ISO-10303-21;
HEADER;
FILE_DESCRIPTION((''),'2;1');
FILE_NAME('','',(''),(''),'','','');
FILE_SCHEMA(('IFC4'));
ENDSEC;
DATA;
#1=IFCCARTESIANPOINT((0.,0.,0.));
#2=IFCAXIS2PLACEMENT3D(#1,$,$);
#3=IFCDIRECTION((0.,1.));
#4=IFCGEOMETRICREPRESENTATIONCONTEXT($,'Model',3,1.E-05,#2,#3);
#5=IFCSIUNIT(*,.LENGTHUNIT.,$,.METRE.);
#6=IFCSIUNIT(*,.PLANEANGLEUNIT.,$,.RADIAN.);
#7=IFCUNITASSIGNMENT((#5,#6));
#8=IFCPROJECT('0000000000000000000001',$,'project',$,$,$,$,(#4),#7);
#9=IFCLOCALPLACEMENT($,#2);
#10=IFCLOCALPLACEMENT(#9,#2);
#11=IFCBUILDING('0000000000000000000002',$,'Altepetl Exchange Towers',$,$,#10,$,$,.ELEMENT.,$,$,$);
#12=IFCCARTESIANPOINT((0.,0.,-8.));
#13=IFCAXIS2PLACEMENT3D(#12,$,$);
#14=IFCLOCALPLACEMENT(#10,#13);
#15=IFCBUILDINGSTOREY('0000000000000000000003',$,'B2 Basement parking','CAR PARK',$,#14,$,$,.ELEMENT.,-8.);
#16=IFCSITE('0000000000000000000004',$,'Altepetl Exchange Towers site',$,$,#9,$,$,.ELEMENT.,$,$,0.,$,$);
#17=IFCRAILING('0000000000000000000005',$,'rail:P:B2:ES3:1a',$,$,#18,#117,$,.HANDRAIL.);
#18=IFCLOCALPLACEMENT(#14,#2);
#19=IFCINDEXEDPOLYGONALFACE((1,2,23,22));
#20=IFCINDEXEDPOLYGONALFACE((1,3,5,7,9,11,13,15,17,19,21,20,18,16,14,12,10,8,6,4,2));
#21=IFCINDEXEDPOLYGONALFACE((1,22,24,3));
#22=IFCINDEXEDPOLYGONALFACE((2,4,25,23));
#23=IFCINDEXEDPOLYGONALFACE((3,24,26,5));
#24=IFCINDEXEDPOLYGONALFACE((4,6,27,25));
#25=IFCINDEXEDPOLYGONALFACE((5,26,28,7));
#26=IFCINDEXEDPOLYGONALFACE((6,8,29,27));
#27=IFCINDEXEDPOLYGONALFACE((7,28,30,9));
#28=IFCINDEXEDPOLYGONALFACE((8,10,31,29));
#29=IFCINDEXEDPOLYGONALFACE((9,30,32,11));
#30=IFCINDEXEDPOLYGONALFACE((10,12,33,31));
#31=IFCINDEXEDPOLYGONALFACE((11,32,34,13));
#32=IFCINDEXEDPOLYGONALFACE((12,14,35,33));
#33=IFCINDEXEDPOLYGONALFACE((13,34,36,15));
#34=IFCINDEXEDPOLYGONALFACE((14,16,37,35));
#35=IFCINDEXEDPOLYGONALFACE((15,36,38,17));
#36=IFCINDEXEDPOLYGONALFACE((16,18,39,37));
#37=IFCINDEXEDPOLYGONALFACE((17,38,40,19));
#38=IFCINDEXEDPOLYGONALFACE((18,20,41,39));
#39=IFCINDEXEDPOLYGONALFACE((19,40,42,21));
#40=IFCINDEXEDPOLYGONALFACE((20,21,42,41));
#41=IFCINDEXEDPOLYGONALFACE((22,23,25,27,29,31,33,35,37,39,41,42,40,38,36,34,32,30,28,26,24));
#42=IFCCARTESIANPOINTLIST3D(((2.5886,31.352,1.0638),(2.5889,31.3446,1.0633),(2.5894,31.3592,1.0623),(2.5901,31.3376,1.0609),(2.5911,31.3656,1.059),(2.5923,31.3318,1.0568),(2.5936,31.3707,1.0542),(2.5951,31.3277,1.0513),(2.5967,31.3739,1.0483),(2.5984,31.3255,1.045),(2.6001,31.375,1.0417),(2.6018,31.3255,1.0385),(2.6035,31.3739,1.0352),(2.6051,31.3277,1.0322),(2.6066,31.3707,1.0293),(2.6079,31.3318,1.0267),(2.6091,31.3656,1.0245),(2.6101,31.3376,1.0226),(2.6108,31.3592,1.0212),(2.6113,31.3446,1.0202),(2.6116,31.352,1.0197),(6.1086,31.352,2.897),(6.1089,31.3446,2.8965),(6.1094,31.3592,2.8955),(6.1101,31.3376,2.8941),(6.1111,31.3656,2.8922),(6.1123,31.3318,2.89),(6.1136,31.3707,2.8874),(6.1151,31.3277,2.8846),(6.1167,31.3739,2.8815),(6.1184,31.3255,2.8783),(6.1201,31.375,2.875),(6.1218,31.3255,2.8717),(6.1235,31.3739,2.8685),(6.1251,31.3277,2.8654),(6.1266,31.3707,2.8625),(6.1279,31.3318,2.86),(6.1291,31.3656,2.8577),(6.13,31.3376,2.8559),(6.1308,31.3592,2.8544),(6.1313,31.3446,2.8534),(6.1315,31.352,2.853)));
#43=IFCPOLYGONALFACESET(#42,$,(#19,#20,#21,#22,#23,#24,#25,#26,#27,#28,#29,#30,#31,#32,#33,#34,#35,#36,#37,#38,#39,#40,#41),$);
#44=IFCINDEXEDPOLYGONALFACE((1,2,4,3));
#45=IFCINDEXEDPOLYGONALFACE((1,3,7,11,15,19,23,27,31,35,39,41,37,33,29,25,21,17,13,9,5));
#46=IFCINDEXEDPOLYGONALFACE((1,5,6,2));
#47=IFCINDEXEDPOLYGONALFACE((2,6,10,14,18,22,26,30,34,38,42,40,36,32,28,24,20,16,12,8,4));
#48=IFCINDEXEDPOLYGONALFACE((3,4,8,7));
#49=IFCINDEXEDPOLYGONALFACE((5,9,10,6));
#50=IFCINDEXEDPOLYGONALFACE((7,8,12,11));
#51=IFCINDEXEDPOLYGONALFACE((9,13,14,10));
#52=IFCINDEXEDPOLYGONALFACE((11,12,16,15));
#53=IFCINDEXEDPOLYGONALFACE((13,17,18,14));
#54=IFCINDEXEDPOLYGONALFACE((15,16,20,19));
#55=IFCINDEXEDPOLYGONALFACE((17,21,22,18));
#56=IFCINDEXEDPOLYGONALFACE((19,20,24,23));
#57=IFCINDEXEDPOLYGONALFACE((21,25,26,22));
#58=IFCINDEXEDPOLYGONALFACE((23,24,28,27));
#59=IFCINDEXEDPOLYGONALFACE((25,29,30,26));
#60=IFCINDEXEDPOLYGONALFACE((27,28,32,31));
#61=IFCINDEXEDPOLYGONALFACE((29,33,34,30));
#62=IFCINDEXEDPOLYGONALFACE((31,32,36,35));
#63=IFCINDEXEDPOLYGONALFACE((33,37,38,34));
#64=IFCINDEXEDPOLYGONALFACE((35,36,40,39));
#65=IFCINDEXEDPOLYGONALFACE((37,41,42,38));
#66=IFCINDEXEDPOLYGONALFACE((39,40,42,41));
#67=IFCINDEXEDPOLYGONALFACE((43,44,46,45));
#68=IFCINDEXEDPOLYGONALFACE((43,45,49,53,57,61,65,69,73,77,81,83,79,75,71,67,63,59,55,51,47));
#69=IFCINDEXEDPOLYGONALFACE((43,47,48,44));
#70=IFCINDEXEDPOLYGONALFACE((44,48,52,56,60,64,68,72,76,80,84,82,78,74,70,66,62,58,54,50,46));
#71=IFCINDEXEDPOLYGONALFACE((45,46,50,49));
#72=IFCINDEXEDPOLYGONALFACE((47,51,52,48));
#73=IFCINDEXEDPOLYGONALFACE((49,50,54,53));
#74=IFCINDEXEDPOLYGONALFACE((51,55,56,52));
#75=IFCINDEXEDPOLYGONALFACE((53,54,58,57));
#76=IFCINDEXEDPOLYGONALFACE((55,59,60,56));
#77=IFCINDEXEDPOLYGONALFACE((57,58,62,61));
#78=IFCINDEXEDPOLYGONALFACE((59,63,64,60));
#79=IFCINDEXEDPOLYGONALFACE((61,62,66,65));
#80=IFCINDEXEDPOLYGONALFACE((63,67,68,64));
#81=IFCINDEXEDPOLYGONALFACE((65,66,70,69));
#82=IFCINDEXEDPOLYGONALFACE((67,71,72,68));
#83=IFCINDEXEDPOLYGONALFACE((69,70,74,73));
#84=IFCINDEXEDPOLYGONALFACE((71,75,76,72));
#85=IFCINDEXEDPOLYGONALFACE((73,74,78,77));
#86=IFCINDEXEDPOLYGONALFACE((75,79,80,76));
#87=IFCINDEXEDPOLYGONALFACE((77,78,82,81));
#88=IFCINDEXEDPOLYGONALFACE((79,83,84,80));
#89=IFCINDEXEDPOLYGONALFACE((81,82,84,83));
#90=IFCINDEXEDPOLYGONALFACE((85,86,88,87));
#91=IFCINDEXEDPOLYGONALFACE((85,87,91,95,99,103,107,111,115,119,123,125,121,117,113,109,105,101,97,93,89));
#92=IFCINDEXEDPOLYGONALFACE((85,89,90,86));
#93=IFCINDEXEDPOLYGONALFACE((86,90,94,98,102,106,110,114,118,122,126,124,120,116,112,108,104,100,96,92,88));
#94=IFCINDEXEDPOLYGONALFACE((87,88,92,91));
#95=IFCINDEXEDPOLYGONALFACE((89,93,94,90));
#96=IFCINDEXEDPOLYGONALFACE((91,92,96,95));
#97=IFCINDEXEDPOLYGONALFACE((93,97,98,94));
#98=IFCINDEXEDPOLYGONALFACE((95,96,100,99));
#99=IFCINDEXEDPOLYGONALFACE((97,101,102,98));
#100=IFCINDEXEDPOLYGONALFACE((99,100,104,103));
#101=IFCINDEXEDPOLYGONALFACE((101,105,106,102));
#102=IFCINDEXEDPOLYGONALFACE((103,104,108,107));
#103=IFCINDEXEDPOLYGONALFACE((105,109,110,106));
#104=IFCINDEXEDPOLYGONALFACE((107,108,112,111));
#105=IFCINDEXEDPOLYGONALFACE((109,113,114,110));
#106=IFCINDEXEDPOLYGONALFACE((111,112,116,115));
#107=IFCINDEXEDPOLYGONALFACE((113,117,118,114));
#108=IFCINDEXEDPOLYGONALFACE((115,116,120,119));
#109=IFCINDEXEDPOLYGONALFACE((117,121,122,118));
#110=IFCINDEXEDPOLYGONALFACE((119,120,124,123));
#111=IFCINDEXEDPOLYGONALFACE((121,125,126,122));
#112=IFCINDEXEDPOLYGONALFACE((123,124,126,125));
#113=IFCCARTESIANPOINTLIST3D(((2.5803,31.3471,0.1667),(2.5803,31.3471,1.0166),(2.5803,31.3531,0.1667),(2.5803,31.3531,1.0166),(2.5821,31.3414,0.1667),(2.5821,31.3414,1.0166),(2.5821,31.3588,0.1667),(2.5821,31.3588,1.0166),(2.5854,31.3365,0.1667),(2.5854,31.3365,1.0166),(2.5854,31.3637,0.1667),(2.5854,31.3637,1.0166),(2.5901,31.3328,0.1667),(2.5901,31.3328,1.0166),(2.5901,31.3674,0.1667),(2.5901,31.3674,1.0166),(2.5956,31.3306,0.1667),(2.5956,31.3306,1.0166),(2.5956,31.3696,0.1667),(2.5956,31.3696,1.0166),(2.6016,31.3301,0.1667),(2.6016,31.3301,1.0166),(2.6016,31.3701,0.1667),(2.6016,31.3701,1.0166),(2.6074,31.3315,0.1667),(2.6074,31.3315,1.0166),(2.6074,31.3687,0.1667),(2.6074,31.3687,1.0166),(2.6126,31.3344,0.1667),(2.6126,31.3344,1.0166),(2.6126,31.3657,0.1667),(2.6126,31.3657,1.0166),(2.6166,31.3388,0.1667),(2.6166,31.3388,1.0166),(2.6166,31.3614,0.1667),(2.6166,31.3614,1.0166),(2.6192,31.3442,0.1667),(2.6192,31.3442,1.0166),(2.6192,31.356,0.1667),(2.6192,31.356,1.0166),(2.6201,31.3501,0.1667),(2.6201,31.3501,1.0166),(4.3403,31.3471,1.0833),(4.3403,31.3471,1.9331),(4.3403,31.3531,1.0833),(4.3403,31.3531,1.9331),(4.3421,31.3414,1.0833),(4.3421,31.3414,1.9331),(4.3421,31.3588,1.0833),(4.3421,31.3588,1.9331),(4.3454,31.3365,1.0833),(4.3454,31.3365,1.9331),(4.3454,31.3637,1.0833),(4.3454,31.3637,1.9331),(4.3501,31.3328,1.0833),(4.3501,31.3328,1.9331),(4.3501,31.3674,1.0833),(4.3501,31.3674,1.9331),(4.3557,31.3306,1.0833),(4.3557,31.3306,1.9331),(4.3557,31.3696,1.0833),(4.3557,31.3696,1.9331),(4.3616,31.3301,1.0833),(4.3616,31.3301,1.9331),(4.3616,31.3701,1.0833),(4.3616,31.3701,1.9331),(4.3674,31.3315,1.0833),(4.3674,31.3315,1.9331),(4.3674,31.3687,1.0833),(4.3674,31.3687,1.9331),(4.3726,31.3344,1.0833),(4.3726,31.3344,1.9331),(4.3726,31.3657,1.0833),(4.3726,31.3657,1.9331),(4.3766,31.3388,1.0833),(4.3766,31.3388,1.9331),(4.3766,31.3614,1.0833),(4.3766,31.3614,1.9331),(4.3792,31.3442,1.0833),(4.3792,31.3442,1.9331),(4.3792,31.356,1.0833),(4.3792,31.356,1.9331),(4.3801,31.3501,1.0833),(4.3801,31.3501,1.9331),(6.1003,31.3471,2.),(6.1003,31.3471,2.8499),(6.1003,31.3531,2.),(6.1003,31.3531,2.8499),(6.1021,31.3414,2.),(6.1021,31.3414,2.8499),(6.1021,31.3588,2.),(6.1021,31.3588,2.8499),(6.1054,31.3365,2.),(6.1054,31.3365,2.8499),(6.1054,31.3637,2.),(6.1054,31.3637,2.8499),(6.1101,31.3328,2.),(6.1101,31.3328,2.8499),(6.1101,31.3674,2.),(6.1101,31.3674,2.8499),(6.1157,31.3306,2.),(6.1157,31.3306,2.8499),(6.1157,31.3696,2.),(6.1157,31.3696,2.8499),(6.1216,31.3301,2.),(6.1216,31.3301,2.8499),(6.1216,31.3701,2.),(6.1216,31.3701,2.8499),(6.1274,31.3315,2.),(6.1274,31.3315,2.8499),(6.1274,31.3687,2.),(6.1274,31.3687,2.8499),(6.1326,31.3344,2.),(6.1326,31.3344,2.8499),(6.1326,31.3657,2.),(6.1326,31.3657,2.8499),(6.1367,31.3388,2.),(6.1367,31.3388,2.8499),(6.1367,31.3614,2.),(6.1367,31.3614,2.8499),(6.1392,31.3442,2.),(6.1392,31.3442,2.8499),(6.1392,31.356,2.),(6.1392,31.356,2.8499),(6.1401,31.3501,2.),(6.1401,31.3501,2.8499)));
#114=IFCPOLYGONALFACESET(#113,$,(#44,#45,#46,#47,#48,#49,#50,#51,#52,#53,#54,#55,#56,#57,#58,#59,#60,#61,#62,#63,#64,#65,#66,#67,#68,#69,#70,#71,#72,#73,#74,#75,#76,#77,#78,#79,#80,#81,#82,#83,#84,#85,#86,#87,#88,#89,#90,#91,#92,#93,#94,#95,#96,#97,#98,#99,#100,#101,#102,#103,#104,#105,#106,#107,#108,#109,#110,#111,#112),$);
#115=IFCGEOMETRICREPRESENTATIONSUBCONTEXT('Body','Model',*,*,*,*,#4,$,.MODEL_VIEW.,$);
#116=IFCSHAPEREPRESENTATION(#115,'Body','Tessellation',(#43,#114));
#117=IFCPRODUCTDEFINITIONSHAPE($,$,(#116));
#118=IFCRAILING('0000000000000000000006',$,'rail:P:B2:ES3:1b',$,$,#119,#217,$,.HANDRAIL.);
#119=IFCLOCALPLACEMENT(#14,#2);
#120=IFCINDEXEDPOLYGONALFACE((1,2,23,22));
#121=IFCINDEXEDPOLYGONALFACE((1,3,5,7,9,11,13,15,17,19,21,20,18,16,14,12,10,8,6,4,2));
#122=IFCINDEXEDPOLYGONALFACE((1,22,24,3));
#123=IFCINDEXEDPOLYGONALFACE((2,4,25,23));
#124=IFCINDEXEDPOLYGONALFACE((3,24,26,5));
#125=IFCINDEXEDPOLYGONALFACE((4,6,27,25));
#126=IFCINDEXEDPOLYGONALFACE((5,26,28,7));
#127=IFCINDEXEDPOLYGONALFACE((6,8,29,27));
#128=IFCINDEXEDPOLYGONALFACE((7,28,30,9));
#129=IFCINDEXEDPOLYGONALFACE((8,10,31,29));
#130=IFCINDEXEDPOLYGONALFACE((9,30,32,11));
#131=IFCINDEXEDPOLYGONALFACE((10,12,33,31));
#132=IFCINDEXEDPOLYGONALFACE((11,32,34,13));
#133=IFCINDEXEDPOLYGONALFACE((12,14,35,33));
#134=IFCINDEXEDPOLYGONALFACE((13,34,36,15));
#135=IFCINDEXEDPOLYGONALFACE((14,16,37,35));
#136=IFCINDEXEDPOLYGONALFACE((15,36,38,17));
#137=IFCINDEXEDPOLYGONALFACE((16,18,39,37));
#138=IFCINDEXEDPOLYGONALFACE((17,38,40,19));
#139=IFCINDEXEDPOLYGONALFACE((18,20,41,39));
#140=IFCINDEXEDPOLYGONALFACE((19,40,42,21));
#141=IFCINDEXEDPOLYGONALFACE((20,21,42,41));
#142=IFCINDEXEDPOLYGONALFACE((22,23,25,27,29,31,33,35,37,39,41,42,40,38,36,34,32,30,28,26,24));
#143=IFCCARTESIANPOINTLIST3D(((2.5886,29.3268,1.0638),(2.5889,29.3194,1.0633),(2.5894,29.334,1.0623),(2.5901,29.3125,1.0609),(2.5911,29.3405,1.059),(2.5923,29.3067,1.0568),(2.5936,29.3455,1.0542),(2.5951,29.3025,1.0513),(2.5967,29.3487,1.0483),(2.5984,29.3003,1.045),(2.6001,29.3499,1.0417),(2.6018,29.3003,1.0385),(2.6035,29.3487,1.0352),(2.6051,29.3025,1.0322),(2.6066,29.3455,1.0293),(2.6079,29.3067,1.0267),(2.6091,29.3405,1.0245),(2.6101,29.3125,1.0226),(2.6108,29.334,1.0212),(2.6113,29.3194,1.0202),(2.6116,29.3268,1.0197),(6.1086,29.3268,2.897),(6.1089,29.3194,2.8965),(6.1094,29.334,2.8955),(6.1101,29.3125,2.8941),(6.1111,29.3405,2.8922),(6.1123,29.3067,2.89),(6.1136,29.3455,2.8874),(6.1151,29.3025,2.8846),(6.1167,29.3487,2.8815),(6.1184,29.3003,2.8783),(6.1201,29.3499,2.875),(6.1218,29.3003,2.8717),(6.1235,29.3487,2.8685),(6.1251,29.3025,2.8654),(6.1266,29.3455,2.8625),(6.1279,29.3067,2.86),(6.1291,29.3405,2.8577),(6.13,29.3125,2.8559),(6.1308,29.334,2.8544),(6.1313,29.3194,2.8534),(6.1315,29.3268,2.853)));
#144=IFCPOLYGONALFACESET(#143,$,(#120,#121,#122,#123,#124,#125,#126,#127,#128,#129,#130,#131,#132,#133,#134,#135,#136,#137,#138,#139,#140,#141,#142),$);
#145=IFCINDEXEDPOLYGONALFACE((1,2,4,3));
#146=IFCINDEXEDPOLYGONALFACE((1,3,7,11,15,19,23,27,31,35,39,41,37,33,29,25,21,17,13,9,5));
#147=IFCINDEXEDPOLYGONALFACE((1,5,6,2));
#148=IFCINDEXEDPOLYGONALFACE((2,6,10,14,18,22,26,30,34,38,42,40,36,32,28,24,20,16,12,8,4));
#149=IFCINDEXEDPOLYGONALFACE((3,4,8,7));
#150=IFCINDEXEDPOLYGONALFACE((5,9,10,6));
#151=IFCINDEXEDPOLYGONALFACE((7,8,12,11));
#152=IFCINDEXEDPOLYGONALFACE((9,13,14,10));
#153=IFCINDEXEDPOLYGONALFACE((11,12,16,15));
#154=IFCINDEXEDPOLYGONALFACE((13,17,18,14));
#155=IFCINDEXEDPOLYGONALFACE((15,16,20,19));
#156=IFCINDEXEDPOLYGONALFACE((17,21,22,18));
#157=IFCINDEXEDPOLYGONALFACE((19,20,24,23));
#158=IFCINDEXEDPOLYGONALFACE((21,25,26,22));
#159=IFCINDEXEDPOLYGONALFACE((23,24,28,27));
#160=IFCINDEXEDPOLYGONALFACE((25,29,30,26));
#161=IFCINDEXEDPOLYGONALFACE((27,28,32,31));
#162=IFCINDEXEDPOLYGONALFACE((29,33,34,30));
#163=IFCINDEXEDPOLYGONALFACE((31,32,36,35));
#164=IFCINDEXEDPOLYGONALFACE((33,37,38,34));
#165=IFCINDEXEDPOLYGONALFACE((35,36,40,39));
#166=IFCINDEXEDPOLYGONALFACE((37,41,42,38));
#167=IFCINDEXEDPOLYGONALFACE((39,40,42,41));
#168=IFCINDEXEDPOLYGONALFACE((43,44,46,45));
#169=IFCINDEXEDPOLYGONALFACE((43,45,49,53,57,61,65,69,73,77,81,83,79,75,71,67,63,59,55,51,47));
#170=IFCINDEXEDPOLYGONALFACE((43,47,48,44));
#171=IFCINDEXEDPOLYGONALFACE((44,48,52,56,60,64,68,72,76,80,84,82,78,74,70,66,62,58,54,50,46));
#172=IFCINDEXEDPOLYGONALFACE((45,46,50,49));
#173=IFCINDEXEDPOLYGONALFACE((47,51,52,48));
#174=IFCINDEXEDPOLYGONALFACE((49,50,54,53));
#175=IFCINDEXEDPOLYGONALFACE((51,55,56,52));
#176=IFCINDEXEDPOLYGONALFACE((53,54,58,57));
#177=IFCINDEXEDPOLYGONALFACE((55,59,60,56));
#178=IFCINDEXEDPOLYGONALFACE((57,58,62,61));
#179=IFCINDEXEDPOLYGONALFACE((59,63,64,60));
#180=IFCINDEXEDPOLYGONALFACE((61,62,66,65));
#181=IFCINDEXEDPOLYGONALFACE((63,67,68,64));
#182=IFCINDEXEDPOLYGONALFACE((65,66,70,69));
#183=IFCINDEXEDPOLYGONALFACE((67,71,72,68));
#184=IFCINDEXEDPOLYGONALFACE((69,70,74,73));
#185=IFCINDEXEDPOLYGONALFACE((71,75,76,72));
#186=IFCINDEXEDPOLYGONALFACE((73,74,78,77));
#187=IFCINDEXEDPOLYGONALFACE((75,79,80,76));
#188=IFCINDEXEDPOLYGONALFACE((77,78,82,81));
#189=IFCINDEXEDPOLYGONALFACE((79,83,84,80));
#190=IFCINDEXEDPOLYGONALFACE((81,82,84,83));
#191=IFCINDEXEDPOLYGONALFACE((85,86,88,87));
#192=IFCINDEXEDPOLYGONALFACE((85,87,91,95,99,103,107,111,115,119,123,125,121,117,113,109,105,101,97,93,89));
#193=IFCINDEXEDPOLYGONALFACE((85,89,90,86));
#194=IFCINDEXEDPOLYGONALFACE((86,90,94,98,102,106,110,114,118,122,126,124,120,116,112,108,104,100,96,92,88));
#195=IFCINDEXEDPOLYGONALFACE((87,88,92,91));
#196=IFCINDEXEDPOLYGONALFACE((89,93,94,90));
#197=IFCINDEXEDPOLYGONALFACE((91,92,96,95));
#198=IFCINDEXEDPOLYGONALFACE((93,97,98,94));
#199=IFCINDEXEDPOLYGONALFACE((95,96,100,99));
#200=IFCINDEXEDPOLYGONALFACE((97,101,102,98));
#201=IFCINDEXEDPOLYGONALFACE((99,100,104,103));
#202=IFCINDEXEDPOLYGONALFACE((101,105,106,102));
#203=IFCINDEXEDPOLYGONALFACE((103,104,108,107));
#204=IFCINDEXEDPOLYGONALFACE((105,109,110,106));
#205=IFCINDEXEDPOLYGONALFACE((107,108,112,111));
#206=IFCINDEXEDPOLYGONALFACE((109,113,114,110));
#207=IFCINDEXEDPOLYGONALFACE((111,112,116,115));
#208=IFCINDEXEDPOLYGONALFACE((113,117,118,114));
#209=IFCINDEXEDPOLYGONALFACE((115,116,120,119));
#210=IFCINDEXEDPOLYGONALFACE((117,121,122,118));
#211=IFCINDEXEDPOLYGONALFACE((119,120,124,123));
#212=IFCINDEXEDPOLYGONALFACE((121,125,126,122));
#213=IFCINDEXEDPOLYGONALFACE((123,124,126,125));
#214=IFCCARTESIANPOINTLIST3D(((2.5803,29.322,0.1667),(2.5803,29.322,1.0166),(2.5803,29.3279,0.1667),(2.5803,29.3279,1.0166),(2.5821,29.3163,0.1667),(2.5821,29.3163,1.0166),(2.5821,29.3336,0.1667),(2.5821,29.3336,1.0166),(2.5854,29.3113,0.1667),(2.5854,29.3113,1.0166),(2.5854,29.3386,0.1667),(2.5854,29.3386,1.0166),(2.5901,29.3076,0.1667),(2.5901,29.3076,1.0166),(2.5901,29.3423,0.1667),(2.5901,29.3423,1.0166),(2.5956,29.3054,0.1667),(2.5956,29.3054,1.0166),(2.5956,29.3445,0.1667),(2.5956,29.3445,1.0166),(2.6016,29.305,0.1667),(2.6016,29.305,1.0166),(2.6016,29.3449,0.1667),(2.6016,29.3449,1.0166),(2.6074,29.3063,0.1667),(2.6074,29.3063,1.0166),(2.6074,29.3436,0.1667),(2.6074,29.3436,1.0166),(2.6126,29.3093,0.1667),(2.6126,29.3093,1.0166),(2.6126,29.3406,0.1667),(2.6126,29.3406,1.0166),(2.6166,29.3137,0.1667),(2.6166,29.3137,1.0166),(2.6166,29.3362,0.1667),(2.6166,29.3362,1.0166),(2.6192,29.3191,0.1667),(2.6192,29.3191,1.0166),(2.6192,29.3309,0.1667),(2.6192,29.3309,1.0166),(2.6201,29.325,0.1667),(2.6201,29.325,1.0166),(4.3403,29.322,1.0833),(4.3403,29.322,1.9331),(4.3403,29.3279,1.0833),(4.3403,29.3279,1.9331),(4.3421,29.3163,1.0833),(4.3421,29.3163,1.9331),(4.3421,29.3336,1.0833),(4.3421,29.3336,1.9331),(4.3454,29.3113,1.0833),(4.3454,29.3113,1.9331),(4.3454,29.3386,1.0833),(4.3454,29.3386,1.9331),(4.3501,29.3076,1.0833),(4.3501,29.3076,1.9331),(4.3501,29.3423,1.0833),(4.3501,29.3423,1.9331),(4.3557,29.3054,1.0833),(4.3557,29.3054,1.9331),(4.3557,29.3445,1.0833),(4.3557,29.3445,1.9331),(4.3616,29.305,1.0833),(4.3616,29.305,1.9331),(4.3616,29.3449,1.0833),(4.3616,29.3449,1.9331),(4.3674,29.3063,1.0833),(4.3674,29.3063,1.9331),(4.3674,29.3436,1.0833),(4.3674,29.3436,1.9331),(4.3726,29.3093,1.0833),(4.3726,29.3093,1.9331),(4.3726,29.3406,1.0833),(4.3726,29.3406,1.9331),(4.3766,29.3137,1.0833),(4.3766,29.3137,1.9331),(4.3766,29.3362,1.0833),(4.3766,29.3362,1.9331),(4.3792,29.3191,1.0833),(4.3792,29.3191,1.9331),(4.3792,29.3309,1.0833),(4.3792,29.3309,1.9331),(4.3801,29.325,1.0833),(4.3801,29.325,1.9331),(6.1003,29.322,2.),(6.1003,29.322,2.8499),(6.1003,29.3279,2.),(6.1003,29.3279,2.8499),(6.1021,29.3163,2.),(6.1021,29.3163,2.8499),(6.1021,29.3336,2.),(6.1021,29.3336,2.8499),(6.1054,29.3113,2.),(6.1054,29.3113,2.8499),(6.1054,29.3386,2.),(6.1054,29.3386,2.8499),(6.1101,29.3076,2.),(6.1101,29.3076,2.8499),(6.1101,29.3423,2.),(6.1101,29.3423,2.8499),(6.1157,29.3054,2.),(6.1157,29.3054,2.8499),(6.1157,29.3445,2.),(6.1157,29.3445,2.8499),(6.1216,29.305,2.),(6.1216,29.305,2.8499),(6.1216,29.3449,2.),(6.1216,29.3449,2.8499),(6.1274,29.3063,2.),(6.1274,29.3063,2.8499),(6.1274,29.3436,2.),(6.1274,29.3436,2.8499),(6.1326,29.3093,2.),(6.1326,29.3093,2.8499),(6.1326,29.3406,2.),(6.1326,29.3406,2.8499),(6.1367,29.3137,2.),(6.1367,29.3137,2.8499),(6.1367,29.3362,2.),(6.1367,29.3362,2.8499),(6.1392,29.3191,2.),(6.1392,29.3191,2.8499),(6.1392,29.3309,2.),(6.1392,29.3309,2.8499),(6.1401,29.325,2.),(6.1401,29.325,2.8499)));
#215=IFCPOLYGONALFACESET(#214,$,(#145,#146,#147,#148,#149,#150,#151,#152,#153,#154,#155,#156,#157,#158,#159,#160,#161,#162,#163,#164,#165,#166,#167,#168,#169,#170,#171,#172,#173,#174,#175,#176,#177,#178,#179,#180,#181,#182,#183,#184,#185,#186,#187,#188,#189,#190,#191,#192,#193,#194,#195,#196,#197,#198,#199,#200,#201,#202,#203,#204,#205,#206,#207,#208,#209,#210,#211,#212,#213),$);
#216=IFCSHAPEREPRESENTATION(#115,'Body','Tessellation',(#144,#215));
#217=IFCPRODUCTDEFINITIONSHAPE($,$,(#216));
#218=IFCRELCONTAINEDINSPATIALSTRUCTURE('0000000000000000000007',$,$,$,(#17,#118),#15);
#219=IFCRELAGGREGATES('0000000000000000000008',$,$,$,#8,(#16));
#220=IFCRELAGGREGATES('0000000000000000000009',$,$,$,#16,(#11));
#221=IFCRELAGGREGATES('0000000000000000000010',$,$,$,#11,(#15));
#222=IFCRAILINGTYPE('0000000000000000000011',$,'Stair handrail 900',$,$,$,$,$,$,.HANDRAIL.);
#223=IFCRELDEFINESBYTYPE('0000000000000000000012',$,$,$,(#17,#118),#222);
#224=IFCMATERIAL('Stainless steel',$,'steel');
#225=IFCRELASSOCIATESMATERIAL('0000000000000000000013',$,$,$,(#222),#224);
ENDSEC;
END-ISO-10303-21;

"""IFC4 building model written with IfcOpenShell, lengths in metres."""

from ifc_helpers import new_model, si_unit, direction, frame, origin, origin_2d, place, context, subcontext, project, spatial, circle, extrude, source, transform, mapped, material, type_object, element, save


model = new_model("IFC4")

# Units and contexts
model_context = context("Model", 3, precision=1e-05, world=origin(), true_north=direction((0.0, 1.0)))
body_context = subcontext(model_context, "Body", "Model", "MODEL_VIEW")
ifc_project = project(units=[si_unit("LENGTHUNIT", "METRE"), si_unit("PLANEANGLEUNIT", "RADIAN")], contexts=[model_context])

# Site, building, storey
site_placement = place(None, origin())
site = spatial("IfcSite", under=ifc_project, at=site_placement, Name="Altepetl Exchange Towers site", CompositionType="ELEMENT", RefElevation=0.0)
building_placement = place(site_placement, origin())
building = spatial("IfcBuilding", under=site, at=building_placement, Name="Altepetl Exchange Towers", CompositionType="ELEMENT")
storey_placement = place(building_placement, frame((0.0, 0.0, -8.0)))
storey = spatial("IfcBuildingStorey", under=building, at=storey_placement, Name="B2 Basement parking", Description="CAR PARK", CompositionType="ELEMENT", Elevation=-8.0)

# Railings
ifc_material_1 = material(Name="Stainless steel", Category="steel")
railing_type_1 = type_object("IfcRailingType", Name="Stair handrail 900", PredefinedType="HANDRAIL", material=ifc_material_1)
shared_shape_1 = source(origin(), body_context, "Body", "SweptSolid", [
    extrude(circle(Radius=0.02, at=origin_2d()), origin(), (0.0, 0.0, 1.0), 0.8499),
])
for number, where, name in (
    (1, (2.6001, 31.3501, 0.1667), "rail:P:B2:ES3:1a"),
    (2, (2.6001, 29.325, 0.1667), "rail:P:B2:ES3:1b"),
):
    element("IfcRailing", number, at=place(storey_placement, frame(where)), inside=storey, type_object=railing_type_1, Name=name, PredefinedType="HANDRAIL", context=body_context, shape_type="SweptSolid", body=[
        extrude(circle(Radius=0.0249, at=origin_2d()), frame((0.0, 0.0, 0.875), z_axis=(0.886924, 0.0, 0.461916), x_axis=(0.0, 1.0, 0.0)), (0.0, 0.0, 1.0), 3.9688),
        mapped(shared_shape_1, transform((0.0, 0.0, 0.0))),
        mapped(shared_shape_1, transform((1.76, 0.0, 0.9165))),
        mapped(shared_shape_1, transform((3.52, 0.0, 1.8333))),
    ])

save(model, "model.ifc")
